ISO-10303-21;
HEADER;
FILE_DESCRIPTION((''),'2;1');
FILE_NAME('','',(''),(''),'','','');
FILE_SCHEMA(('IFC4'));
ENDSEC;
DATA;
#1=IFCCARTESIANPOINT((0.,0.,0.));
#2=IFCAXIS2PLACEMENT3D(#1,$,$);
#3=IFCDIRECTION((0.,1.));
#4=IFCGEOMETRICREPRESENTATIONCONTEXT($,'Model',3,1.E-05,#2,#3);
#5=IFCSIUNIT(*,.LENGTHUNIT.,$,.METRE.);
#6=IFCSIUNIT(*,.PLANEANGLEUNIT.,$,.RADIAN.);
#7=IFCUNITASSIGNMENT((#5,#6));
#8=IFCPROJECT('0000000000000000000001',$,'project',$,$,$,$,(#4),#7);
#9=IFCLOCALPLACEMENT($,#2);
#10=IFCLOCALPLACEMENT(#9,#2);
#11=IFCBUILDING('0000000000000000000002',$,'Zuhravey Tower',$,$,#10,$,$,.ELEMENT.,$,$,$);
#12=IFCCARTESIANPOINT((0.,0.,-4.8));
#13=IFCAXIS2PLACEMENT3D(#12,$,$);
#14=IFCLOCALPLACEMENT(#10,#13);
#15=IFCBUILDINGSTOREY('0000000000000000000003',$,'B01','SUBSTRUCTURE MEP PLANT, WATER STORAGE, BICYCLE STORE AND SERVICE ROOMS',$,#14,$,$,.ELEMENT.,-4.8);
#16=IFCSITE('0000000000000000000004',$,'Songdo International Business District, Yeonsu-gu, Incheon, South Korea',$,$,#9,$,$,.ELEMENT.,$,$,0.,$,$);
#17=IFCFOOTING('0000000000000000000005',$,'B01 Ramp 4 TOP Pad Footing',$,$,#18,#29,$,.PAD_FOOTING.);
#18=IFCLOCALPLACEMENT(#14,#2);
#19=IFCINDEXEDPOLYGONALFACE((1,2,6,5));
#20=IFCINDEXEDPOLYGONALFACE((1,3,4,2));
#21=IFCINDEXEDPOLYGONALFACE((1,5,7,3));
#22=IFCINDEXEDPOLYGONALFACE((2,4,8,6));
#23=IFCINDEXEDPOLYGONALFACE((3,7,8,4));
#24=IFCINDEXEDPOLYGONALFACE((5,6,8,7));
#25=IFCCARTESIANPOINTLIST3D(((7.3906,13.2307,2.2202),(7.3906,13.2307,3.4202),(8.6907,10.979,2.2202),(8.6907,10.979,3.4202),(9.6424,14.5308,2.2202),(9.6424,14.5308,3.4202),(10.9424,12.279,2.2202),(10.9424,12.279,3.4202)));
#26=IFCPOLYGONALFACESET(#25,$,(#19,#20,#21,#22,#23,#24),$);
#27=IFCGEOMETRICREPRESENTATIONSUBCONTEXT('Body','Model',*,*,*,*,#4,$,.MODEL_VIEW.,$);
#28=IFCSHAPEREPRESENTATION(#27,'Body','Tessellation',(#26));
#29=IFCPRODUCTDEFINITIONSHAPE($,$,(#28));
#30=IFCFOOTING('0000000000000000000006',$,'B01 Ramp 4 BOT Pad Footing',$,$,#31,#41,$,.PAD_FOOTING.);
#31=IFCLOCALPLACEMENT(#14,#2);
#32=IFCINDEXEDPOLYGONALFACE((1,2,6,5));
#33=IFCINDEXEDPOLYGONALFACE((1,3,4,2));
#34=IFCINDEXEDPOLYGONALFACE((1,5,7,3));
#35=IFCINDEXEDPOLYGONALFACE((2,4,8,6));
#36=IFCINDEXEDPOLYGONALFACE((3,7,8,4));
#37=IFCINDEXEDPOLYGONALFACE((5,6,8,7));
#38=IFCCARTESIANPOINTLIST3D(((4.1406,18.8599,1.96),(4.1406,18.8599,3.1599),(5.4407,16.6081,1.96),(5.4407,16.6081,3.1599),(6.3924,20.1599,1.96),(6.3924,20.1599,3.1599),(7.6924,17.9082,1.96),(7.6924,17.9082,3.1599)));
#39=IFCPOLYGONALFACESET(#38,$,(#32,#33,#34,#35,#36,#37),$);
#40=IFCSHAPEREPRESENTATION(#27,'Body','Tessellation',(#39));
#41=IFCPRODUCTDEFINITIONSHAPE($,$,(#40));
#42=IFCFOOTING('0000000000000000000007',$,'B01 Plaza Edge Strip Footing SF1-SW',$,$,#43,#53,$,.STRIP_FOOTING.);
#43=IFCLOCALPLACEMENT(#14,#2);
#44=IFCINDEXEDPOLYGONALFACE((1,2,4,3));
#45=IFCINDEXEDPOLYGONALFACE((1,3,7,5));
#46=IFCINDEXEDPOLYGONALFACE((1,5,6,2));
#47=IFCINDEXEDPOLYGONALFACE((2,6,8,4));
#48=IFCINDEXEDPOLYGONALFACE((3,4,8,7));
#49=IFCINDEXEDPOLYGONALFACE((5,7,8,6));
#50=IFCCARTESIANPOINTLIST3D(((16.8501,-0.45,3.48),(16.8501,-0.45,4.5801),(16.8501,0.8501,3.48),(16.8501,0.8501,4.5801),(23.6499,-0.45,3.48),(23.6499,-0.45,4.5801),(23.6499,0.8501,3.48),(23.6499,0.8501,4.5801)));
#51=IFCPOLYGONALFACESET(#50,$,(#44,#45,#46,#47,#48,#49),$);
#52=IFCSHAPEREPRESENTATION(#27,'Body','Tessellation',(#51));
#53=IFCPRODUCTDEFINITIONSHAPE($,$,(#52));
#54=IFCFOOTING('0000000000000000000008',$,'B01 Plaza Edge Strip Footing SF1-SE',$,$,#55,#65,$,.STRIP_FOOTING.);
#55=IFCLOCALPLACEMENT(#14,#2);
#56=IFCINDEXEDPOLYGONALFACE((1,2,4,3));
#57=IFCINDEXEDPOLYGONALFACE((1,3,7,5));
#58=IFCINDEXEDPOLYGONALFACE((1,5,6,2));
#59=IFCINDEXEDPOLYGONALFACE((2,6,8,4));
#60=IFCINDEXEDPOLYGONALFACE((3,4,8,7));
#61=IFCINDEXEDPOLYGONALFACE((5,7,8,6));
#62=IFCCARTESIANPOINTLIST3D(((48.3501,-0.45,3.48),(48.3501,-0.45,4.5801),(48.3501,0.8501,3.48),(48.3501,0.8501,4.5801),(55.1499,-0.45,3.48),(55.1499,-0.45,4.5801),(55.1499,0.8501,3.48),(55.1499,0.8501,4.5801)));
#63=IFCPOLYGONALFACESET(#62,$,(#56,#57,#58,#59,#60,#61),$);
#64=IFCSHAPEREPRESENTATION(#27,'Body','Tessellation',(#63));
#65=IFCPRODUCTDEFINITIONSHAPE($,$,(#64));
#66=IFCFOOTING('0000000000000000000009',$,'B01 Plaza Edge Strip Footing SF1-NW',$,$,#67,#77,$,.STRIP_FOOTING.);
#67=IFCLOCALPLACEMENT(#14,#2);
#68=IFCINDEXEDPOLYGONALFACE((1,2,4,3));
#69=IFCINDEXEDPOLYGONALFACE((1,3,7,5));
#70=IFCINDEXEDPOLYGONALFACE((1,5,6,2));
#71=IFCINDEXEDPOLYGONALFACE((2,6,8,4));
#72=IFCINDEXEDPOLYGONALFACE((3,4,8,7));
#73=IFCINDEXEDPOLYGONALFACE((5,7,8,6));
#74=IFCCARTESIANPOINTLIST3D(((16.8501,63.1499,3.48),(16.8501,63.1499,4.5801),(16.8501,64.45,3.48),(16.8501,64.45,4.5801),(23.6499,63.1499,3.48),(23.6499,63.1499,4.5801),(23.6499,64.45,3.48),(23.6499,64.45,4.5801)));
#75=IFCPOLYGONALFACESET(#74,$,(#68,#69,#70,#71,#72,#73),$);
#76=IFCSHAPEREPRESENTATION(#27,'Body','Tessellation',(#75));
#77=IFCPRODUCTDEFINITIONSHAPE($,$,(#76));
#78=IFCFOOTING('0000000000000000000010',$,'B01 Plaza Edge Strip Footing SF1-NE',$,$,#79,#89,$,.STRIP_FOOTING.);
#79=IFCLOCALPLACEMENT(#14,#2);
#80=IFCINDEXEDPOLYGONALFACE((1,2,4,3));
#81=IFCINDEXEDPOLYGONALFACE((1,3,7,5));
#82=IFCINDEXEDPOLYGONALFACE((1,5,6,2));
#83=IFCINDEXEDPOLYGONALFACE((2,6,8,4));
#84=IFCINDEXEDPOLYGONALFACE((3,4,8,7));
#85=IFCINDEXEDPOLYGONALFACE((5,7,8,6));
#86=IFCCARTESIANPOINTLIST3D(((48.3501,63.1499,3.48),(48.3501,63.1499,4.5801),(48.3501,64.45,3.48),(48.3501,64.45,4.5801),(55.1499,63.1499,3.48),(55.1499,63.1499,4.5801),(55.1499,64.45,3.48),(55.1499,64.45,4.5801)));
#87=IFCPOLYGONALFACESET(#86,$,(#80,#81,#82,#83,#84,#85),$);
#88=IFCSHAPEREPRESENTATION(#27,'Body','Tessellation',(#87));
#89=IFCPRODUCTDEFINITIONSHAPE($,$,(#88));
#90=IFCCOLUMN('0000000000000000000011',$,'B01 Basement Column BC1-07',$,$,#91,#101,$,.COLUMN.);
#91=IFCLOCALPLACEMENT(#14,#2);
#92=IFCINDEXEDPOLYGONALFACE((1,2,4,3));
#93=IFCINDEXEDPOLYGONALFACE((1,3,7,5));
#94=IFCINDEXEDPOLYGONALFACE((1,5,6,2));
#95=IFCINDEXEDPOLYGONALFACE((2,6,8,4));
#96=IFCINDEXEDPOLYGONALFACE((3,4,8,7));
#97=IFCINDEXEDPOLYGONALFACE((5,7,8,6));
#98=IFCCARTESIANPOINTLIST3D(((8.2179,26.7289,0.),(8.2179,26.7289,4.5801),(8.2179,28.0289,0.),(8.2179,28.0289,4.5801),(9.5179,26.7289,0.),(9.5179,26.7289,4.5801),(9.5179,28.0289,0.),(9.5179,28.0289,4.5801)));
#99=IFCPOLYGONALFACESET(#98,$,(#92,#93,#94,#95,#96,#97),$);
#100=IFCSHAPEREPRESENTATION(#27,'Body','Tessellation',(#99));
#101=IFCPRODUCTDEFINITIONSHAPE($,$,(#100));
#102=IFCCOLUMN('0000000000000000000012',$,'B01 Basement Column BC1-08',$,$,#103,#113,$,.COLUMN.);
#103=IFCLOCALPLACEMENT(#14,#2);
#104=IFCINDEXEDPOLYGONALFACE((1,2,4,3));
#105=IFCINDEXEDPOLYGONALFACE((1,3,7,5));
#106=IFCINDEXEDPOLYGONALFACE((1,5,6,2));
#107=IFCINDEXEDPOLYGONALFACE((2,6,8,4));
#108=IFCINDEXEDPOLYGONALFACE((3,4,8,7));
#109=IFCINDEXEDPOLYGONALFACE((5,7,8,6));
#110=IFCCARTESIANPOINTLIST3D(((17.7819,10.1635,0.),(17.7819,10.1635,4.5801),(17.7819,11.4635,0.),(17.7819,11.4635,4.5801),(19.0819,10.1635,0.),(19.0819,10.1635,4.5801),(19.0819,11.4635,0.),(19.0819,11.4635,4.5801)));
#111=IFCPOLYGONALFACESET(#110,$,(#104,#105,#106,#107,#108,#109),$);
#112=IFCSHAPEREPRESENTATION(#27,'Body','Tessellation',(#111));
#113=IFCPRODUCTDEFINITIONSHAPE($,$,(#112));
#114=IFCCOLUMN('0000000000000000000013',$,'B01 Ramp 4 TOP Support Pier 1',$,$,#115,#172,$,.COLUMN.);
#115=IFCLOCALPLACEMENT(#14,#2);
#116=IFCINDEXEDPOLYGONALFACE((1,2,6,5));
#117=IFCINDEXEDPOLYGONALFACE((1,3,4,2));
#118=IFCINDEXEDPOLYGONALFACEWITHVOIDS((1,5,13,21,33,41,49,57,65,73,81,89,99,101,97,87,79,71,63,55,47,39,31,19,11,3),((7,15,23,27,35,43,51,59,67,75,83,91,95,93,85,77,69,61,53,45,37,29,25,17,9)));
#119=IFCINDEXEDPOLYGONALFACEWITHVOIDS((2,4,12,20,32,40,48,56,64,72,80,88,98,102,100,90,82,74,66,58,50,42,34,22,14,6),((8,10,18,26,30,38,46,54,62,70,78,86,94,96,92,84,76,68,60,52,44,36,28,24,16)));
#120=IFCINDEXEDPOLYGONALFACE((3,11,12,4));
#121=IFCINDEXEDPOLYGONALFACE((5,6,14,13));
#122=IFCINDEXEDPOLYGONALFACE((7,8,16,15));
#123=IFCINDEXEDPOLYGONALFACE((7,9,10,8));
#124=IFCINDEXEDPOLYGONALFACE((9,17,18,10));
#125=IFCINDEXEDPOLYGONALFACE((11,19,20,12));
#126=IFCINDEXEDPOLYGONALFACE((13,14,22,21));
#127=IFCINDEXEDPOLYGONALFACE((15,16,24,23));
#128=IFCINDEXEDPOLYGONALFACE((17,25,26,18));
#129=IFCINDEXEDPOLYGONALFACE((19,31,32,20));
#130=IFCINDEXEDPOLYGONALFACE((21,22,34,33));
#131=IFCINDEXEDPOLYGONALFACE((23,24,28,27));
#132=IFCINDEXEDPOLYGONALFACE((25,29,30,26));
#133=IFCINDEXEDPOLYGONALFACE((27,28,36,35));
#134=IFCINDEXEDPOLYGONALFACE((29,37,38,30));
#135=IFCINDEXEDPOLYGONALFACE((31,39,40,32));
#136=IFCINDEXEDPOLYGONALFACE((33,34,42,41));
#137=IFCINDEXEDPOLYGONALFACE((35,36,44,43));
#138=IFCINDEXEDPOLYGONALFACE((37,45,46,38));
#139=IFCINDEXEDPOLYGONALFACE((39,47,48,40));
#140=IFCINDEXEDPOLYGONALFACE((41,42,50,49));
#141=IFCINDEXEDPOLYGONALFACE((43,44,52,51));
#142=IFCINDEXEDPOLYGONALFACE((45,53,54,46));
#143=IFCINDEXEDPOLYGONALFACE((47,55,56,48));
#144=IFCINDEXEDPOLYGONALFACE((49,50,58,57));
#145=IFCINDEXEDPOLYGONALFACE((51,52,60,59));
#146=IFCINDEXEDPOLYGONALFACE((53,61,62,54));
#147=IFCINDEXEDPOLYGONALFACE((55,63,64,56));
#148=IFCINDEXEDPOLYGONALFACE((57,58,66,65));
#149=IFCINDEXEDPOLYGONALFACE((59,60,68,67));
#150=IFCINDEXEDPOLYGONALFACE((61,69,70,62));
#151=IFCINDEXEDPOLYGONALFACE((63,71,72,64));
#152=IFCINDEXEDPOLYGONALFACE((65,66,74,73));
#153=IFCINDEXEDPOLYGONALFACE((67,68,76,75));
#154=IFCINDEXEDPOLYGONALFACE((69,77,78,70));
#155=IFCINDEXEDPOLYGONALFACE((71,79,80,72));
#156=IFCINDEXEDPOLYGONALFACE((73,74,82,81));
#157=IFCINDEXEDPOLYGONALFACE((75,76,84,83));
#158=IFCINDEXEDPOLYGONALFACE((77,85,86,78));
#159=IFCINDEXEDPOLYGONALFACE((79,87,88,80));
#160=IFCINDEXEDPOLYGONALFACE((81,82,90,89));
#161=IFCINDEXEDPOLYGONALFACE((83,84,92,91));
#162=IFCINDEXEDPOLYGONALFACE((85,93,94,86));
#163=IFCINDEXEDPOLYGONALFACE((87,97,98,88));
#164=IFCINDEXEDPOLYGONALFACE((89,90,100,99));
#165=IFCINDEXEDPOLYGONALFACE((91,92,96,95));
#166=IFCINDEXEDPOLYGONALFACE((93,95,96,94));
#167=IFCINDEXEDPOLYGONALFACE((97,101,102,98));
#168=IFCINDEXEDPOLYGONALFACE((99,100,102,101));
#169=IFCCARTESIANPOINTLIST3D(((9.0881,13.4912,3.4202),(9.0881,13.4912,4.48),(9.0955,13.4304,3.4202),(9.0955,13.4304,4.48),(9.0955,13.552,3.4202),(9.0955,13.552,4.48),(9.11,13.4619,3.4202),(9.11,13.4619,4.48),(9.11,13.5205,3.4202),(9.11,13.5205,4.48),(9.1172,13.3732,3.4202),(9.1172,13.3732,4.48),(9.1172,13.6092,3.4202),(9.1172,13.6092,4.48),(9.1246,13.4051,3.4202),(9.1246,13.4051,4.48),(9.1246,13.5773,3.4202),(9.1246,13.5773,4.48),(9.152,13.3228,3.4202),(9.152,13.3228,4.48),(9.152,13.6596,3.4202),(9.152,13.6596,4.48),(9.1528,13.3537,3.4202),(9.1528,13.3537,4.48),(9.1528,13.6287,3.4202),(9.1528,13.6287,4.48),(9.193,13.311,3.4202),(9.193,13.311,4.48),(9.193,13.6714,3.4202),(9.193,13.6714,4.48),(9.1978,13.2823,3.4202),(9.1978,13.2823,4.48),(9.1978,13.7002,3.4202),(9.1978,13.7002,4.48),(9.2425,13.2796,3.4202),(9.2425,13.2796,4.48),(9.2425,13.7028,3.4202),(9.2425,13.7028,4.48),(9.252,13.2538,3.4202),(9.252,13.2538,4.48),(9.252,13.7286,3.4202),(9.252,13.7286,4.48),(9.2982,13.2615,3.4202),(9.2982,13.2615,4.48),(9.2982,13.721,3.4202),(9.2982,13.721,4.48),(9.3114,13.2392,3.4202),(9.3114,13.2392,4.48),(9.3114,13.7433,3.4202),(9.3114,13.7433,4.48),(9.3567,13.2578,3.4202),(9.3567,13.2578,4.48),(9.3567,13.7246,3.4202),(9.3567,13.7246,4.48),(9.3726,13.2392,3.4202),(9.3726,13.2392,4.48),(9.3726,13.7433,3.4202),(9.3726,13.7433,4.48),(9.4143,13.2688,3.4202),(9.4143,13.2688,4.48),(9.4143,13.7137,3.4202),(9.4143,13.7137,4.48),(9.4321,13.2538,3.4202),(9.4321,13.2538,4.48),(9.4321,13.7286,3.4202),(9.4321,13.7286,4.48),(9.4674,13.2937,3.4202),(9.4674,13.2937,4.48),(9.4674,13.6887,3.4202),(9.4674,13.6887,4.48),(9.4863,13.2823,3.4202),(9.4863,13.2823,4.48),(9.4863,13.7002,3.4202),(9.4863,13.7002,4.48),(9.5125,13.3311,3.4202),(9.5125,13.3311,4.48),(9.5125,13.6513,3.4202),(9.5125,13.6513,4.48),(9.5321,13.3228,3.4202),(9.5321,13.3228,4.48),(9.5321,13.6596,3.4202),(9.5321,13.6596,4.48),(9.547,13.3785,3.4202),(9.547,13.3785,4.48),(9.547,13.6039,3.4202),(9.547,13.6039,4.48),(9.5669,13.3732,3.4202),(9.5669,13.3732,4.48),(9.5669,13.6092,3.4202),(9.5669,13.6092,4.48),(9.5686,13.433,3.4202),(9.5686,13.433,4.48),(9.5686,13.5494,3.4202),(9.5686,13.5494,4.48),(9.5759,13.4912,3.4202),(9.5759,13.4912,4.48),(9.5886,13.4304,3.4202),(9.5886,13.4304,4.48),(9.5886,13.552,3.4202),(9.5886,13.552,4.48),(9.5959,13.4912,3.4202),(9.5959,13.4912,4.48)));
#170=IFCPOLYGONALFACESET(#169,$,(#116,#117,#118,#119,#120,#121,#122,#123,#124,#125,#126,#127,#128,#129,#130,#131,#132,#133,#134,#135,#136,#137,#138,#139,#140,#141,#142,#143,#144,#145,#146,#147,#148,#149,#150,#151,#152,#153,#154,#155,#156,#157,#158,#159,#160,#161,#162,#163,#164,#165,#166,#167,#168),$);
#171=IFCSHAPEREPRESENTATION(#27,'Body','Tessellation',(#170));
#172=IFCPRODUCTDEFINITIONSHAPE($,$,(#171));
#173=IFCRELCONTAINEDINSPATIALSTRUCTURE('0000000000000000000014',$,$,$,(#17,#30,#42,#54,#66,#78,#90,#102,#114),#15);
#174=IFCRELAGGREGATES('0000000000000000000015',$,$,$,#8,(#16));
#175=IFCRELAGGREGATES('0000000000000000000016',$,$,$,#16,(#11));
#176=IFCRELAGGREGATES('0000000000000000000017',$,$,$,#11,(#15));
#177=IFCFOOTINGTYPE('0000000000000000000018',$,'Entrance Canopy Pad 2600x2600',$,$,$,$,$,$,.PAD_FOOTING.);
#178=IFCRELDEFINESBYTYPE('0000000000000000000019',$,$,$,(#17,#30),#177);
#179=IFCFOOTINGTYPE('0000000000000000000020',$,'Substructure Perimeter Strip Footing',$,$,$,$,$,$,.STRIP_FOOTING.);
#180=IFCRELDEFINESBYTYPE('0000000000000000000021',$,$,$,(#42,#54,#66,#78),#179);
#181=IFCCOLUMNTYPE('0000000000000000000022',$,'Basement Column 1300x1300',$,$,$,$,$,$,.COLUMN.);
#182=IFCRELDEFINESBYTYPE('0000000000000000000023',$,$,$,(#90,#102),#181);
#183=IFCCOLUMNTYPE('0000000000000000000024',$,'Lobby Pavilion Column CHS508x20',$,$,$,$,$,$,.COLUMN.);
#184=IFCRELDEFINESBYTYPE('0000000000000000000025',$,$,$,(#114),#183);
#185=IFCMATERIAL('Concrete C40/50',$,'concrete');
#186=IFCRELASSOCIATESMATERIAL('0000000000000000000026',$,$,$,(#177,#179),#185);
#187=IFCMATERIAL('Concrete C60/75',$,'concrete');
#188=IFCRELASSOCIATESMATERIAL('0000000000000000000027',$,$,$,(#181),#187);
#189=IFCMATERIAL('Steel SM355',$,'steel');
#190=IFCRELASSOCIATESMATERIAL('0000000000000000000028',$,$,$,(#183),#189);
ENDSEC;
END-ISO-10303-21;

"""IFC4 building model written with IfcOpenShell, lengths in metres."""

from ifc_helpers import new_model, si_unit, direction, frame, origin, origin_2d, place, context, subcontext, project, spatial, polyline, rectangle, hollow_circle, outline, extrude, material, material_profile, profile_set, type_object, element, save


model = new_model("IFC4")

# Units and contexts
model_context = context("Model", 3, precision=1e-05, world=origin(), true_north=direction((0.0, 1.0)))
body_context = subcontext(model_context, "Body", "Model", "MODEL_VIEW")
ifc_project = project(units=[si_unit("LENGTHUNIT", "METRE"), si_unit("PLANEANGLEUNIT", "RADIAN")], contexts=[model_context])

# Site, building, storey
site_placement = place(None, origin())
site = spatial("IfcSite", under=ifc_project, at=site_placement, Name="Songdo International Business District, Yeonsu-gu, Incheon, South Korea", CompositionType="ELEMENT", RefElevation=0.0)
building_placement = place(site_placement, origin())
building = spatial("IfcBuilding", under=site, at=building_placement, Name="Zuhravey Tower", CompositionType="ELEMENT")
storey_placement = place(building_placement, frame((0.0, 0.0, -4.8)))
storey = spatial("IfcBuildingStorey", under=building, at=storey_placement, Name="B01", Description="SUBSTRUCTURE MEP PLANT, WATER STORAGE, BICYCLE STORE AND SERVICE ROOMS", CompositionType="ELEMENT", Elevation=-4.8)

# Footings
ifc_material_1 = material(Name="Concrete C40/50", Category="concrete")
footing_type_1 = type_object("IfcFootingType", Name="Entrance Canopy Pad 2600x2600", PredefinedType="PAD_FOOTING", material=ifc_material_1)
for number, where, z_axis, x_axis, name in (
    (1, (9.1665, 12.7549, 2.2202), (0.0, 0.0, 1.0), (0.5, -0.866025, 0.0), "B01 Ramp 4 TOP Pad Footing"),
    (2, (5.9165, 18.384, 1.96), (0.0, 0.0, 1.0), (0.5, -0.866025, 0.0), "B01 Ramp 4 BOT Pad Footing"),
):
    element("IfcFooting", number, at=place(storey_placement, frame(where, z_axis=z_axis, x_axis=x_axis)), inside=storey, type_object=footing_type_1, Name=name, PredefinedType="PAD_FOOTING", context=body_context, shape_type="SweptSolid", body=[
        extrude(rectangle(XDim=2.6001, YDim=2.6001, at=origin_2d()), origin(), (0.0, 0.0, 1.0), 1.2),
    ])
footing_type_2 = type_object("IfcFootingType", Name="Substructure Perimeter Strip Footing", PredefinedType="STRIP_FOOTING", material=ifc_material_1)
footing_1_placement = place(storey_placement, frame((0.0, 0.0, 3.48)))
element("IfcFooting", 3, at=footing_1_placement, inside=storey, type_object=footing_type_2, Name="B01 Plaza Edge Strip Footing SF1-SW", PredefinedType="STRIP_FOOTING", context=body_context, shape_type="SweptSolid", body=[
    extrude(outline(polyline([(16.8501, -0.45), (23.6499, -0.45), (23.6499, 0.8501), (16.8501, 0.8501), (16.8501, -0.45)])), origin(), (0.0, 0.0, 1.0), 1.1001),
])
footing_2_placement = place(storey_placement, frame((0.0, 0.0, 3.48)))
element("IfcFooting", 4, at=footing_2_placement, inside=storey, type_object=footing_type_2, Name="B01 Plaza Edge Strip Footing SF1-SE", PredefinedType="STRIP_FOOTING", context=body_context, shape_type="SweptSolid", body=[
    extrude(outline(polyline([(48.3501, -0.45), (55.1499, -0.45), (55.1499, 0.8501), (48.3501, 0.8501), (48.3501, -0.45)])), origin(), (0.0, 0.0, 1.0), 1.1001),
])
footing_3_placement = place(storey_placement, frame((0.0, 0.0, 3.48)))
element("IfcFooting", 5, at=footing_3_placement, inside=storey, type_object=footing_type_2, Name="B01 Plaza Edge Strip Footing SF1-NW", PredefinedType="STRIP_FOOTING", context=body_context, shape_type="SweptSolid", body=[
    extrude(outline(polyline([(16.8501, 63.1499), (23.6499, 63.1499), (23.6499, 64.45), (16.8501, 64.45), (16.8501, 63.1499)])), origin(), (0.0, 0.0, 1.0), 1.1001),
])
footing_4_placement = place(storey_placement, frame((0.0, 0.0, 3.48)))
element("IfcFooting", 6, at=footing_4_placement, inside=storey, type_object=footing_type_2, Name="B01 Plaza Edge Strip Footing SF1-NE", PredefinedType="STRIP_FOOTING", context=body_context, shape_type="SweptSolid", body=[
    extrude(outline(polyline([(48.3501, 63.1499), (55.1499, 63.1499), (55.1499, 64.45), (48.3501, 64.45), (48.3501, 63.1499)])), origin(), (0.0, 0.0, 1.0), 1.1001),
])

# Columns
ifc_material_2 = material(Name="Concrete C60/75", Category="concrete")
ifc_material_profile_1 = material_profile(ifc_material_2, rectangle(XDim=1.3, YDim=1.3, at=origin_2d()), Name="RC-1300x1300")
ifc_profile_set_1 = profile_set([ifc_material_profile_1], Name="Concrete C60/75")
column_type_1 = type_object("IfcColumnType", Name="Basement Column 1300x1300", PredefinedType="COLUMN", material=ifc_profile_set_1)
for number, where, z_axis, x_axis, name in (
    (7, (8.8679, 27.3789, 0.0), (0.0, 0.0, 1.0), (1.0, 0.0, 0.0), "B01 Basement Column BC1-07"),
    (8, (18.4319, 10.8135, 0.0), (0.0, 0.0, 1.0), (1.0, 0.0, 0.0), "B01 Basement Column BC1-08"),
):
    element("IfcColumn", number, at=place(storey_placement, frame(where, z_axis=z_axis, x_axis=x_axis)), inside=storey, type_object=column_type_1, Name=name, PredefinedType="COLUMN", context=body_context, shape_type="SweptSolid", body=[
        extrude(rectangle(XDim=1.3, YDim=1.3, at=origin_2d()), origin(), (0.0, 0.0, 1.0), 4.5801),
    ])
ifc_material_3 = material(Name="Steel SM355", Category="steel")
ifc_material_profile_2 = material_profile(ifc_material_3, hollow_circle(Radius=0.2539, WallThickness=0.02, at=origin_2d()), Name="CHS-508x20")
ifc_profile_set_2 = profile_set([ifc_material_profile_2], Name="Steel SM355")
column_type_2 = type_object("IfcColumnType", Name="Lobby Pavilion Column CHS508x20", PredefinedType="COLUMN", material=ifc_profile_set_2)
for number, where, z_axis, x_axis, name in (
    (9, (9.342, 13.4912, 3.4202), (0.0, 0.0, 1.0), (1.0, 0.0, 0.0), "B01 Ramp 4 TOP Support Pier 1"),
):
    element("IfcColumn", number, at=place(storey_placement, frame(where, z_axis=z_axis, x_axis=x_axis)), inside=storey, type_object=column_type_2, Name=name, PredefinedType="COLUMN", context=body_context, shape_type="SweptSolid", body=[
        extrude(hollow_circle(Radius=0.2539, WallThickness=0.02, at=origin_2d()), origin(), (0.0, 0.0, 1.0), 1.0598),
    ])

save(model, "model.ifc")
